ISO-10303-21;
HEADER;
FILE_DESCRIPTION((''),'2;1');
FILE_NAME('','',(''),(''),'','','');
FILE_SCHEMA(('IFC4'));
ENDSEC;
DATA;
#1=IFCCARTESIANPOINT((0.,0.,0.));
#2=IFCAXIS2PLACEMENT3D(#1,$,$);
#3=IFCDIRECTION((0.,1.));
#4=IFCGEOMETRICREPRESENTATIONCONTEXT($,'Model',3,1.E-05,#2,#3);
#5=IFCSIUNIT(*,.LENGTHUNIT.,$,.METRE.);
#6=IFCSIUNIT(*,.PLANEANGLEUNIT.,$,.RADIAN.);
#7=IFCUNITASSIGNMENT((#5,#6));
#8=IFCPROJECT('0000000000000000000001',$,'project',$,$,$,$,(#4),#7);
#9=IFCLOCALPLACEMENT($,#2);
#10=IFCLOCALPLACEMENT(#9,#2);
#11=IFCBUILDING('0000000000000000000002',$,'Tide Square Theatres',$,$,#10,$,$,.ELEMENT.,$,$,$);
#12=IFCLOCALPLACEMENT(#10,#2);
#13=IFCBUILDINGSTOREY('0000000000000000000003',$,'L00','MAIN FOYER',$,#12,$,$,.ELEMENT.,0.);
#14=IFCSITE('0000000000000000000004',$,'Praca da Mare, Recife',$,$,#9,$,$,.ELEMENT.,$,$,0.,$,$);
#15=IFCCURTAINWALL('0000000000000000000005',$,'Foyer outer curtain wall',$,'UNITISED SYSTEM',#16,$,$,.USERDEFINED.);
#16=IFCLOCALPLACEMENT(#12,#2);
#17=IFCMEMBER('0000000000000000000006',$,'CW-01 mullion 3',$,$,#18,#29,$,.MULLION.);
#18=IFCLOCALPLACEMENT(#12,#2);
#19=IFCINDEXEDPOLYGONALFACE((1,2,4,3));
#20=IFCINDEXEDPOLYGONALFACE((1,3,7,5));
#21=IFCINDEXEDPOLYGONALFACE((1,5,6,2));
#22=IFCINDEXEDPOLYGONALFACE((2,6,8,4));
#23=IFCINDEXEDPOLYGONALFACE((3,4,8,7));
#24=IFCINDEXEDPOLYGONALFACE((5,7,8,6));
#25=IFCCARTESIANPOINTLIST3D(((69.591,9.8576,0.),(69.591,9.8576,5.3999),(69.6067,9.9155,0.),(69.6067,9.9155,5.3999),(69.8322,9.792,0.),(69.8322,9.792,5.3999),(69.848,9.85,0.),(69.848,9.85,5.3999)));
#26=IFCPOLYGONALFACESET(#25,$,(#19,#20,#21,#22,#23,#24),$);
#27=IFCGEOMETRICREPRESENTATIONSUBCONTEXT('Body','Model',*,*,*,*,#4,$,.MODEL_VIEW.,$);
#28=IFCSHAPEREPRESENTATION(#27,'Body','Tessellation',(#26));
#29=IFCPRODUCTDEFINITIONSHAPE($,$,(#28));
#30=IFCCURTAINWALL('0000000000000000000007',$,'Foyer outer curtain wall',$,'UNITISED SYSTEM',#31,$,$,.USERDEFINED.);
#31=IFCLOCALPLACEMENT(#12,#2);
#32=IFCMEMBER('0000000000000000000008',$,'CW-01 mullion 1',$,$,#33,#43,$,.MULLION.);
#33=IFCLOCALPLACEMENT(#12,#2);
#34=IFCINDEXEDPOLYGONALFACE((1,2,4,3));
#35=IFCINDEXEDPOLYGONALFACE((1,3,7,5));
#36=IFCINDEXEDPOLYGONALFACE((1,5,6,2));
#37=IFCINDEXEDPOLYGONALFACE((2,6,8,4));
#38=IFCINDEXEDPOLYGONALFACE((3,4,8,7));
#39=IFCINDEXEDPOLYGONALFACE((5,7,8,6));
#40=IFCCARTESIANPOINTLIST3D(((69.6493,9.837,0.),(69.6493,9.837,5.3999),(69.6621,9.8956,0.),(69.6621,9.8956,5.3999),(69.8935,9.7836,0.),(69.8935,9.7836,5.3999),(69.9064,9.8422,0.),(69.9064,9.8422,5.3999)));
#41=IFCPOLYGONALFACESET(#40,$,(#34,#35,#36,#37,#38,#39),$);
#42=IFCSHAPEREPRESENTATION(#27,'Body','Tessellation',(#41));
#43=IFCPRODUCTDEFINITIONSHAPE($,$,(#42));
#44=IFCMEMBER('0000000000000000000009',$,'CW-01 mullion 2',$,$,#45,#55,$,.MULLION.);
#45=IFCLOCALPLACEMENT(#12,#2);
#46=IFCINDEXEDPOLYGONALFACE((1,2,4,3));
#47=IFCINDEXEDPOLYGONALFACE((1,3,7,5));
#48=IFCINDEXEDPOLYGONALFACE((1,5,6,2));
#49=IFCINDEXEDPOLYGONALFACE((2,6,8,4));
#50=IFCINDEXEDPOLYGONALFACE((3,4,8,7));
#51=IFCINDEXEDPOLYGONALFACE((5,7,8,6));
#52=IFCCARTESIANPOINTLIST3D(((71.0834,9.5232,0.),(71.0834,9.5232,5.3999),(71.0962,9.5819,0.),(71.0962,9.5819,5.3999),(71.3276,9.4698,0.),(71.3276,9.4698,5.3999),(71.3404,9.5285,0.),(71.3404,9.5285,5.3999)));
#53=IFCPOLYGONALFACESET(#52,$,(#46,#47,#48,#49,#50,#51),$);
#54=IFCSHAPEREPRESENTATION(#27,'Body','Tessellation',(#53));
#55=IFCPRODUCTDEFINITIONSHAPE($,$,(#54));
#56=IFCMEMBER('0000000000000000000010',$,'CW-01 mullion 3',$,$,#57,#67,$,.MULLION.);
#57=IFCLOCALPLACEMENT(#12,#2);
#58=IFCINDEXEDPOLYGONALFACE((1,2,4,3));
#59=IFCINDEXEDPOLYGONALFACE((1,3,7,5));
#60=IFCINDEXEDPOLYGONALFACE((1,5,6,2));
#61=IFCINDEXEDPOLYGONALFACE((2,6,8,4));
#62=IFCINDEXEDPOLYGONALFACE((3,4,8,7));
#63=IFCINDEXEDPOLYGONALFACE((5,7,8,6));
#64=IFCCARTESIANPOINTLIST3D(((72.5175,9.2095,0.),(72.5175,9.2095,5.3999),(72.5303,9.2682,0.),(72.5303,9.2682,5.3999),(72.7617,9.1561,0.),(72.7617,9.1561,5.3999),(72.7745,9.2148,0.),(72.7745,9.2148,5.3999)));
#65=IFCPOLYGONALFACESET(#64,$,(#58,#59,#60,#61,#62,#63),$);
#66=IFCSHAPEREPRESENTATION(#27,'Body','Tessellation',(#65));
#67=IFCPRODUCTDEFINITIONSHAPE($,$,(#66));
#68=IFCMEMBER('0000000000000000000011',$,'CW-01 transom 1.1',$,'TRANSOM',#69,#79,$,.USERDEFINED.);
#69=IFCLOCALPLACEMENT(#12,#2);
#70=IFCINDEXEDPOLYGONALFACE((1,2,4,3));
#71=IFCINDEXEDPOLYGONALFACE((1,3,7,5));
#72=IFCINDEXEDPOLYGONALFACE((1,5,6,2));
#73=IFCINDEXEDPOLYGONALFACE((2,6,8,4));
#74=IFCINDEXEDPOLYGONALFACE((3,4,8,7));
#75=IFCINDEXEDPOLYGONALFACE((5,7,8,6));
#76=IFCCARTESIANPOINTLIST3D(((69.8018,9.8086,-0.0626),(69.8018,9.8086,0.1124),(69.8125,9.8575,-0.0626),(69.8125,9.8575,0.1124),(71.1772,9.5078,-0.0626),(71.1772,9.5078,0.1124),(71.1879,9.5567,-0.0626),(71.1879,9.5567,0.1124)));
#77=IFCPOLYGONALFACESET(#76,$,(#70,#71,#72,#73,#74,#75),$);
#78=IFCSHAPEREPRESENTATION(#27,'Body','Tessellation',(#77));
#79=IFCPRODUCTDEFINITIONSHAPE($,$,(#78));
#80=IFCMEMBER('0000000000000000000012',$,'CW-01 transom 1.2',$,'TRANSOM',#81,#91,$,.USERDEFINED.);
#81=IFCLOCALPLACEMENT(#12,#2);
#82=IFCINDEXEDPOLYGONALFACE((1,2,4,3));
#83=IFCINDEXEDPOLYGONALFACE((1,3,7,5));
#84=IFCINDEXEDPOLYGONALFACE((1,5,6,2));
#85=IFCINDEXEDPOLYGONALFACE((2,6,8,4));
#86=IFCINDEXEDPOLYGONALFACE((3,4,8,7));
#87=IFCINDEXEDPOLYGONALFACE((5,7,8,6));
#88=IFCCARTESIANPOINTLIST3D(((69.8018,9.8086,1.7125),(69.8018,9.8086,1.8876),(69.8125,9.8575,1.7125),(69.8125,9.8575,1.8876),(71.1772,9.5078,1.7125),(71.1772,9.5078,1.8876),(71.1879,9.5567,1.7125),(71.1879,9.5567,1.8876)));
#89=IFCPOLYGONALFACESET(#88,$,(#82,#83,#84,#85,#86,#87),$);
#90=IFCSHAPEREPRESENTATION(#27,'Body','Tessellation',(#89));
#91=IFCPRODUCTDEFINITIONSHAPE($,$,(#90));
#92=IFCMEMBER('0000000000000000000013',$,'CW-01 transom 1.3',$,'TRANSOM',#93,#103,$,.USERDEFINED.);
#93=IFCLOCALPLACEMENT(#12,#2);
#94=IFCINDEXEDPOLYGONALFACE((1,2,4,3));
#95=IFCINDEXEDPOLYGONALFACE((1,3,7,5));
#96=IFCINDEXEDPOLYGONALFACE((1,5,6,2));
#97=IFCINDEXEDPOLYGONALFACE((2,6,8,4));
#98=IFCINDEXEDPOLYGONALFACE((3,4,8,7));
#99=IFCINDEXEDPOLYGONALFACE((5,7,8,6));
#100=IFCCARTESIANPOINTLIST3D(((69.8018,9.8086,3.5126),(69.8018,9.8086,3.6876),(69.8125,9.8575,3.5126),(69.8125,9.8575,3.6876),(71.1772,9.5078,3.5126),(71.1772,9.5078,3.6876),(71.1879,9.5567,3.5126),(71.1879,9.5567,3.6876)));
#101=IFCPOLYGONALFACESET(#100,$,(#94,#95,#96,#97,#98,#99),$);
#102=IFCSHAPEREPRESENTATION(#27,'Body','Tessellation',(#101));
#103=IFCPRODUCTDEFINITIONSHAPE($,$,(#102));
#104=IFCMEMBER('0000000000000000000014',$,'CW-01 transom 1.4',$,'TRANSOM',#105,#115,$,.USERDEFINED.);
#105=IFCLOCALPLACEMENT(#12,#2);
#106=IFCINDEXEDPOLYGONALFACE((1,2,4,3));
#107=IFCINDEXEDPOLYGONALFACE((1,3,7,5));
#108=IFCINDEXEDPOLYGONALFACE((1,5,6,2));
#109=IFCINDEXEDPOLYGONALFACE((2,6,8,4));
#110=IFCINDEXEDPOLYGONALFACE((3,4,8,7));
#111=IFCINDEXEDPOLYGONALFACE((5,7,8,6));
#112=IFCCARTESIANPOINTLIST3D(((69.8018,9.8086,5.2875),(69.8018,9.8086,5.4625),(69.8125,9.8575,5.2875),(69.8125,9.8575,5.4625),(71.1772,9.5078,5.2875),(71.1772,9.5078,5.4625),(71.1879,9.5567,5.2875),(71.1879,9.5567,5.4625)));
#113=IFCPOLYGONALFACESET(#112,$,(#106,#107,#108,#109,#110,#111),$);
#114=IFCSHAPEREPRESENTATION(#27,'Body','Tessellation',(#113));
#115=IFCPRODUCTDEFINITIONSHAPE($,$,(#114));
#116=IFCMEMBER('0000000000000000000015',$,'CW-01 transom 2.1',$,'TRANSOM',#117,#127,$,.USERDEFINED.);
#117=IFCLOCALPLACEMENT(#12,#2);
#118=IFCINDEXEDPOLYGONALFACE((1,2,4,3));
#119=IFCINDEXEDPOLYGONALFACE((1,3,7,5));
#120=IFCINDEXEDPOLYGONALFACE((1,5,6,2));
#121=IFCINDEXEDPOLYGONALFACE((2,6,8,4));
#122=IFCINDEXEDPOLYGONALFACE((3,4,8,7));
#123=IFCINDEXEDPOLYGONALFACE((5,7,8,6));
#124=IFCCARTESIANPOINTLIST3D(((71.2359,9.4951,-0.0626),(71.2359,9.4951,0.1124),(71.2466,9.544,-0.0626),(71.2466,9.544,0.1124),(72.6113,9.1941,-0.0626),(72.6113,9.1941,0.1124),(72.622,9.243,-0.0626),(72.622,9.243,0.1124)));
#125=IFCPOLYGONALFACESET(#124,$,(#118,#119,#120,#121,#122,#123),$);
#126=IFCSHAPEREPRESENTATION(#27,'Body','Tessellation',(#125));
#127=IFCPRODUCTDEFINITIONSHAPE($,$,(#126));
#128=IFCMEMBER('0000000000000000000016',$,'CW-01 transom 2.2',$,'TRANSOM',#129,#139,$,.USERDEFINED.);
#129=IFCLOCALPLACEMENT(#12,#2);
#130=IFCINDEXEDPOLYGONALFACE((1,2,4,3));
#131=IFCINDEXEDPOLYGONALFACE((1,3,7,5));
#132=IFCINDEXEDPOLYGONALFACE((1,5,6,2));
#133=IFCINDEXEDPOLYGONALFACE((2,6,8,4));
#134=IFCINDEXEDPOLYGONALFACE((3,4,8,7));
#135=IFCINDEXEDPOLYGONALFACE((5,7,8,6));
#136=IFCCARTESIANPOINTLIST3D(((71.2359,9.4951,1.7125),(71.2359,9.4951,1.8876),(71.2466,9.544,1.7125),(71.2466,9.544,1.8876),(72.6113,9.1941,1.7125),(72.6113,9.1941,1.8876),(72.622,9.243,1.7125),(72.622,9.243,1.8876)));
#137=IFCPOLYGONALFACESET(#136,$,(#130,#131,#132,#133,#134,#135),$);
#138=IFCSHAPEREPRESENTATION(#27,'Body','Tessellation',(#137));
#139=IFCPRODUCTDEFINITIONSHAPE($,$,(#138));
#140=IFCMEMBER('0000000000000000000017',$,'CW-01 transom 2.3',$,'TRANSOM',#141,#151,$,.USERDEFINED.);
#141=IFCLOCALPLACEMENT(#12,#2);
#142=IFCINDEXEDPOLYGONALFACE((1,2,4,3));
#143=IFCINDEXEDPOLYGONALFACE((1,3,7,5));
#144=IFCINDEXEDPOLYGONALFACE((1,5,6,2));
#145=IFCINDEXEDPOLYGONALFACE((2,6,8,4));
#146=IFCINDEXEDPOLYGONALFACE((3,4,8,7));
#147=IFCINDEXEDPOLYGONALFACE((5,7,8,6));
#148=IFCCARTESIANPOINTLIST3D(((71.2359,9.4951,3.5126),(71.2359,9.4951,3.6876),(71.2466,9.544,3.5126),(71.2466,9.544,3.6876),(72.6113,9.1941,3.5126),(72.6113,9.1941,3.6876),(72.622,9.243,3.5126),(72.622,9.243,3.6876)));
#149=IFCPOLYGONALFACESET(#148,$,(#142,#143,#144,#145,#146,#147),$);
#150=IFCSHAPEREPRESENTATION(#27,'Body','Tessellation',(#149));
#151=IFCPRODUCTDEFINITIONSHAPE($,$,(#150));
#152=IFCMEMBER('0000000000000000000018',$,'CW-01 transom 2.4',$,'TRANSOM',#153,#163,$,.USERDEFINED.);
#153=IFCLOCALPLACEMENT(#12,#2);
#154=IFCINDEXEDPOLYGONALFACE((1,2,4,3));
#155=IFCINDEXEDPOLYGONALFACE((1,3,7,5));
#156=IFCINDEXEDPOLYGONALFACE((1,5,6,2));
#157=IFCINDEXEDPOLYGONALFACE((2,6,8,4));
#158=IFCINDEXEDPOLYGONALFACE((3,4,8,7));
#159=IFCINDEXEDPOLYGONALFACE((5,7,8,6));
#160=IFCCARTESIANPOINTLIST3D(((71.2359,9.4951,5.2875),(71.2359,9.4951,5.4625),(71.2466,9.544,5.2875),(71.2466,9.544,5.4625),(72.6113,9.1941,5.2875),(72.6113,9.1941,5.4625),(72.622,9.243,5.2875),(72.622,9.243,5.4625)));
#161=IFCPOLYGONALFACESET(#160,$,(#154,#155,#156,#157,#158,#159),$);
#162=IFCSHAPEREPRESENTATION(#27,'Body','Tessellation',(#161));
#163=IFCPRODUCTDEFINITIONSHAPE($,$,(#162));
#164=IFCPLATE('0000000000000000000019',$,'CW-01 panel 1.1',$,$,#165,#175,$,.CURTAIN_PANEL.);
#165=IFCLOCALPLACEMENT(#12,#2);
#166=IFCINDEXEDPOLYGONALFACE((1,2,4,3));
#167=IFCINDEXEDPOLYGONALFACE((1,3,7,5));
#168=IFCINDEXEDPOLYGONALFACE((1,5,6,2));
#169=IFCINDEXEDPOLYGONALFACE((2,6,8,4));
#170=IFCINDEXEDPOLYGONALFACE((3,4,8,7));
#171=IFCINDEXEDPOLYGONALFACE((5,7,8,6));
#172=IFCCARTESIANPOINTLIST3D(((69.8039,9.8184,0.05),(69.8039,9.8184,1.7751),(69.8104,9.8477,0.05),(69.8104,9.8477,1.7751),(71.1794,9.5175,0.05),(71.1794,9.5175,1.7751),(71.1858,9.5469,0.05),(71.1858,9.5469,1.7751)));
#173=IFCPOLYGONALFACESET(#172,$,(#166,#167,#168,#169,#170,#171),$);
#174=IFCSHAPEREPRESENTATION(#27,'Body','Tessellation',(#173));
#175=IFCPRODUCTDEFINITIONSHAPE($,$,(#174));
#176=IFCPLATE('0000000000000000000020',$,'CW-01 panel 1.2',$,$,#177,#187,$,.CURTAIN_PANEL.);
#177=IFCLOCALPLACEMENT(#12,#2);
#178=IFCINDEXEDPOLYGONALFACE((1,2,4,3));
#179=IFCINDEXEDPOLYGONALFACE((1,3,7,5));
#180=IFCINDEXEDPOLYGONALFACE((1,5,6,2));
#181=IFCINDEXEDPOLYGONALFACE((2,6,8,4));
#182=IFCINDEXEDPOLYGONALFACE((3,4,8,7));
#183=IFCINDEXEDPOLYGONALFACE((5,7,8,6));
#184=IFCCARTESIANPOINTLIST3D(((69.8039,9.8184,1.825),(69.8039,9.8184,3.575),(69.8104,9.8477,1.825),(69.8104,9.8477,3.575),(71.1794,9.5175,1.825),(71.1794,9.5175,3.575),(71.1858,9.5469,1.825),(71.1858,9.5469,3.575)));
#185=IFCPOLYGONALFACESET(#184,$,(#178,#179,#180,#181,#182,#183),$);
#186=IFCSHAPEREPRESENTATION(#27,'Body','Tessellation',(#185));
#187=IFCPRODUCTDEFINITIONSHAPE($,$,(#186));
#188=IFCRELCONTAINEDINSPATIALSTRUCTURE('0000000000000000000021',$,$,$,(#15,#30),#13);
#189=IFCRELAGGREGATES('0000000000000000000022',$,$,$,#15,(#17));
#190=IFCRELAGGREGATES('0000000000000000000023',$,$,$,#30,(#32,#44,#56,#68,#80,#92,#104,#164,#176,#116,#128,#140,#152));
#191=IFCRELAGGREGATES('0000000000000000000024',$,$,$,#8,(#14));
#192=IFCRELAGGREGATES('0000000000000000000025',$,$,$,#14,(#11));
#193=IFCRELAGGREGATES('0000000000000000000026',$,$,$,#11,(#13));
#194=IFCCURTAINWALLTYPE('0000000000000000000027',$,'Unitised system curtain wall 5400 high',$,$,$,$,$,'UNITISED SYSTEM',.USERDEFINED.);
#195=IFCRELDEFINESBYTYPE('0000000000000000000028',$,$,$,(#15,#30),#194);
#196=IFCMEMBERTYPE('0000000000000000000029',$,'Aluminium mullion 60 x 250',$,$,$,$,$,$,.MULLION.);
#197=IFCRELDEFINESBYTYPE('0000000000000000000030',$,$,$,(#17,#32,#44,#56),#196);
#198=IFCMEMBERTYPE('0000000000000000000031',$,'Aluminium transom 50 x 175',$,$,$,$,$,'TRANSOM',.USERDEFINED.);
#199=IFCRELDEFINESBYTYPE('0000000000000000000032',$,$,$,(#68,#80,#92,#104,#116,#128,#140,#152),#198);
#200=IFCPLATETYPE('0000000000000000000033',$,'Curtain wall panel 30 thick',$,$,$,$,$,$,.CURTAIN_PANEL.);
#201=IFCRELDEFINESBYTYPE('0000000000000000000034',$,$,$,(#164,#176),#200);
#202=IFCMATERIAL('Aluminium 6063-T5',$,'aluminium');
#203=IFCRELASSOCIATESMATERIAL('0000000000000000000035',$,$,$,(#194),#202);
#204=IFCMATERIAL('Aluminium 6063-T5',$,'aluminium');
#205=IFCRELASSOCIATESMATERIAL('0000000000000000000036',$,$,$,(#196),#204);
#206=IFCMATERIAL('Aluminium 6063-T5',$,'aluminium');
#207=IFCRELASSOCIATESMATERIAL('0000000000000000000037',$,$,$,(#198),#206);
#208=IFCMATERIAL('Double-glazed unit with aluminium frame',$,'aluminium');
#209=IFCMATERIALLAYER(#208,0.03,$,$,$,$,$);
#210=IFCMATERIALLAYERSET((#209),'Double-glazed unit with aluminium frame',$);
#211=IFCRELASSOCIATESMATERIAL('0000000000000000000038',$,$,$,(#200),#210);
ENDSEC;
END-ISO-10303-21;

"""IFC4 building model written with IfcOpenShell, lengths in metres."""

from ifc_helpers import new_model, si_unit, direction, frame, origin, origin_2d, place, context, subcontext, project, spatial, rectangle, extrude, material, layer, layer_set, material_profile, profile_set, type_object, element, aggregate, save


model = new_model("IFC4")

# Units and contexts
model_context = context("Model", 3, precision=1e-05, world=origin(), true_north=direction((0.0, 1.0)))
body_context = subcontext(model_context, "Body", "Model", "MODEL_VIEW")
ifc_project = project(units=[si_unit("LENGTHUNIT", "METRE"), si_unit("PLANEANGLEUNIT", "RADIAN")], contexts=[model_context])

# Site, building, storey
site_placement = place(None, origin())
site = spatial("IfcSite", under=ifc_project, at=site_placement, Name="Praca da Mare, Recife", CompositionType="ELEMENT", RefElevation=0.0)
building_placement = place(site_placement, origin())
building = spatial("IfcBuilding", under=site, at=building_placement, Name="Tide Square Theatres", CompositionType="ELEMENT")
storey_placement = place(building_placement, origin())
storey = spatial("IfcBuildingStorey", under=building, at=storey_placement, Name="L00", Description="MAIN FOYER", CompositionType="ELEMENT", Elevation=0.0)

# Curtain wall, member
ifc_material_1 = material(Name="Aluminium 6063-T5", Category="aluminium")
curtain_wall_type = type_object("IfcCurtainWallType", Name="Unitised system curtain wall 5400 high", ElementType="UNITISED SYSTEM", PredefinedType="USERDEFINED", material=ifc_material_1)
curtain_wall_1_placement = place(storey_placement, origin())
curtain_wall_1 = element("IfcCurtainWall", 1, at=curtain_wall_1_placement, inside=storey, type_object=curtain_wall_type, Name="Foyer outer curtain wall", ObjectType="UNITISED SYSTEM", PredefinedType="USERDEFINED")
ifc_material_2 = material(Name="Aluminium 6063-T5", Category="aluminium")
ifc_material_profile_1 = material_profile(ifc_material_2, rectangle(XDim=0.0601, YDim=0.25, at=origin_2d()))
ifc_profile_set_1 = profile_set([ifc_material_profile_1], Name="Aluminium 6063-T5")
member_type_1 = type_object("IfcMemberType", Name="Aluminium mullion 60 x 250", PredefinedType="MULLION", material=ifc_profile_set_1)
member_1_placement = place(storey_placement, frame((69.7195, 9.8538, 0.0), z_axis=(0.0, 0.0, 1.0), x_axis=(0.262214, 0.96501, 0.0)))
member_1 = element("IfcMember", 2, at=member_1_placement, type_object=member_type_1, Name="CW-01 mullion 3", PredefinedType="MULLION", context=body_context, shape_type="SweptSolid", body=[
    extrude(rectangle(XDim=0.0601, YDim=0.25, at=origin_2d()), origin(), (0.0, 0.0, 1.0), 5.3999),
])
aggregate(curtain_wall_1, [member_1])

# Curtain wall, members, plates
curtain_wall_2_placement = place(storey_placement, origin())
curtain_wall_2 = element("IfcCurtainWall", 3, at=curtain_wall_2_placement, inside=storey, type_object=curtain_wall_type, Name="Foyer outer curtain wall", ObjectType="UNITISED SYSTEM", PredefinedType="USERDEFINED")
member_2_placement = place(storey_placement, frame((69.7778, 9.8396, 0.0), z_axis=(0.0, 0.0, 1.0), x_axis=(0.213653, 0.97691, 0.0)))
member_2 = element("IfcMember", 4, at=member_2_placement, type_object=member_type_1, Name="CW-01 mullion 1", PredefinedType="MULLION", context=body_context, shape_type="SweptSolid", body=[
    extrude(rectangle(XDim=0.0601, YDim=0.25, at=origin_2d()), origin(), (0.0, 0.0, 1.0), 5.3999),
])
member_3_placement = place(storey_placement, frame((71.2119, 9.5259, 0.0), z_axis=(0.0, 0.0, 1.0), x_axis=(0.213653, 0.97691, 0.0)))
member_3 = element("IfcMember", 5, at=member_3_placement, type_object=member_type_1, Name="CW-01 mullion 2", PredefinedType="MULLION", context=body_context, shape_type="SweptSolid", body=[
    extrude(rectangle(XDim=0.0601, YDim=0.25, at=origin_2d()), origin(), (0.0, 0.0, 1.0), 5.3999),
])
member_4_placement = place(storey_placement, frame((72.646, 9.2122, 0.0), z_axis=(0.0, 0.0, 1.0), x_axis=(0.213653, 0.97691, 0.0)))
member_4 = element("IfcMember", 6, at=member_4_placement, type_object=member_type_1, Name="CW-01 mullion 3", PredefinedType="MULLION", context=body_context, shape_type="SweptSolid", body=[
    extrude(rectangle(XDim=0.0601, YDim=0.25, at=origin_2d()), origin(), (0.0, 0.0, 1.0), 5.3999),
])
ifc_material_3 = material(Name="Aluminium 6063-T5", Category="aluminium")
ifc_material_profile_2 = material_profile(ifc_material_3, rectangle(XDim=0.05, YDim=0.175, at=origin_2d()))
ifc_profile_set_2 = profile_set([ifc_material_profile_2], Name="Aluminium 6063-T5")
member_type_2 = type_object("IfcMemberType", Name="Aluminium transom 50 x 175", ElementType="TRANSOM", PredefinedType="USERDEFINED", material=ifc_profile_set_2)
member_5_placement = place(storey_placement, frame((69.8071, 9.833, 0.0249), z_axis=(0.976916, -0.213624, 0.0), x_axis=(0.213624, 0.976916, 0.0)))
member_5 = element("IfcMember", 7, at=member_5_placement, type_object=member_type_2, Name="CW-01 transom 1.1", ObjectType="TRANSOM", PredefinedType="USERDEFINED", context=body_context, shape_type="SweptSolid", body=[
    extrude(rectangle(XDim=0.05, YDim=0.175, at=origin_2d()), origin(), (0.0, 0.0, 1.0), 1.408),
])
member_6_placement = place(storey_placement, frame((69.8071, 9.833, 1.8), z_axis=(0.976916, -0.213624, 0.0), x_axis=(0.213624, 0.976916, 0.0)))
member_6 = element("IfcMember", 8, at=member_6_placement, type_object=member_type_2, Name="CW-01 transom 1.2", ObjectType="TRANSOM", PredefinedType="USERDEFINED", context=body_context, shape_type="SweptSolid", body=[
    extrude(rectangle(XDim=0.05, YDim=0.175, at=origin_2d()), origin(), (0.0, 0.0, 1.0), 1.408),
])
member_7_placement = place(storey_placement, frame((69.8071, 9.833, 3.6001), z_axis=(0.976916, -0.213624, 0.0), x_axis=(0.213624, 0.976916, 0.0)))
member_7 = element("IfcMember", 9, at=member_7_placement, type_object=member_type_2, Name="CW-01 transom 1.3", ObjectType="TRANSOM", PredefinedType="USERDEFINED", context=body_context, shape_type="SweptSolid", body=[
    extrude(rectangle(XDim=0.05, YDim=0.175, at=origin_2d()), origin(), (0.0, 0.0, 1.0), 1.408),
])
member_8_placement = place(storey_placement, frame((69.8071, 9.833, 5.375), z_axis=(0.976916, -0.213624, 0.0), x_axis=(0.213624, 0.976916, 0.0)))
member_8 = element("IfcMember", 10, at=member_8_placement, type_object=member_type_2, Name="CW-01 transom 1.4", ObjectType="TRANSOM", PredefinedType="USERDEFINED", context=body_context, shape_type="SweptSolid", body=[
    extrude(rectangle(XDim=0.05, YDim=0.175, at=origin_2d()), origin(), (0.0, 0.0, 1.0), 1.408),
])
member_9_placement = place(storey_placement, frame((71.2412, 9.5195, 0.0249), z_axis=(0.97688, -0.21379, 0.0), x_axis=(0.21379, 0.97688, 0.0)))
member_9 = element("IfcMember", 11, at=member_9_placement, type_object=member_type_2, Name="CW-01 transom 2.1", ObjectType="TRANSOM", PredefinedType="USERDEFINED", context=body_context, shape_type="SweptSolid", body=[
    extrude(rectangle(XDim=0.05, YDim=0.175, at=origin_2d()), origin(), (0.0, 0.0, 1.0), 1.408),
])
member_10_placement = place(storey_placement, frame((71.2412, 9.5195, 1.8), z_axis=(0.97688, -0.21379, 0.0), x_axis=(0.21379, 0.97688, 0.0)))
member_10 = element("IfcMember", 12, at=member_10_placement, type_object=member_type_2, Name="CW-01 transom 2.2", ObjectType="TRANSOM", PredefinedType="USERDEFINED", context=body_context, shape_type="SweptSolid", body=[
    extrude(rectangle(XDim=0.05, YDim=0.175, at=origin_2d()), origin(), (0.0, 0.0, 1.0), 1.408),
])
member_11_placement = place(storey_placement, frame((71.2412, 9.5195, 3.6001), z_axis=(0.97688, -0.21379, 0.0), x_axis=(0.21379, 0.97688, 0.0)))
member_11 = element("IfcMember", 13, at=member_11_placement, type_object=member_type_2, Name="CW-01 transom 2.3", ObjectType="TRANSOM", PredefinedType="USERDEFINED", context=body_context, shape_type="SweptSolid", body=[
    extrude(rectangle(XDim=0.05, YDim=0.175, at=origin_2d()), origin(), (0.0, 0.0, 1.0), 1.408),
])
member_12_placement = place(storey_placement, frame((71.2412, 9.5195, 5.375), z_axis=(0.97688, -0.21379, 0.0), x_axis=(0.21379, 0.97688, 0.0)))
member_12 = element("IfcMember", 14, at=member_12_placement, type_object=member_type_2, Name="CW-01 transom 2.4", ObjectType="TRANSOM", PredefinedType="USERDEFINED", context=body_context, shape_type="SweptSolid", body=[
    extrude(rectangle(XDim=0.05, YDim=0.175, at=origin_2d()), origin(), (0.0, 0.0, 1.0), 1.408),
])
ifc_material_4 = material(Name="Double-glazed unit with aluminium frame", Category="aluminium")
ifc_layer_1 = layer(ifc_material_4, 0.03)
ifc_layer_set_1 = layer_set([ifc_layer_1], Name="Double-glazed unit with aluminium frame")
plate_type = type_object("IfcPlateType", Name="Curtain wall panel 30 thick", PredefinedType="CURTAIN_PANEL", material=ifc_layer_set_1)
plate_1_placement = place(storey_placement, frame((70.4949, 9.6826, 0.05), z_axis=(0.0, 0.0, 1.0), x_axis=(0.97691, -0.213653, 0.0)))
plate_1 = element("IfcPlate", 15, at=plate_1_placement, type_object=plate_type, Name="CW-01 panel 1.1", PredefinedType="CURTAIN_PANEL", context=body_context, shape_type="SweptSolid", body=[
    extrude(rectangle(XDim=1.408, YDim=0.03, at=origin_2d()), origin(), (0.0, 0.0, 1.0), 1.7251),
])
plate_2_placement = place(storey_placement, frame((70.4949, 9.6826, 1.825), z_axis=(0.0, 0.0, 1.0), x_axis=(0.97691, -0.213653, 0.0)))
plate_2 = element("IfcPlate", 16, at=plate_2_placement, type_object=plate_type, Name="CW-01 panel 1.2", PredefinedType="CURTAIN_PANEL", context=body_context, shape_type="SweptSolid", body=[
    extrude(rectangle(XDim=1.408, YDim=0.03, at=origin_2d()), origin(), (0.0, 0.0, 1.0), 1.75),
])
aggregate(curtain_wall_2, [member_2, member_3, member_4, member_5, member_6, member_7, member_8, plate_1, plate_2, member_9, member_10, member_11, member_12])

save(model, "model.ifc")
